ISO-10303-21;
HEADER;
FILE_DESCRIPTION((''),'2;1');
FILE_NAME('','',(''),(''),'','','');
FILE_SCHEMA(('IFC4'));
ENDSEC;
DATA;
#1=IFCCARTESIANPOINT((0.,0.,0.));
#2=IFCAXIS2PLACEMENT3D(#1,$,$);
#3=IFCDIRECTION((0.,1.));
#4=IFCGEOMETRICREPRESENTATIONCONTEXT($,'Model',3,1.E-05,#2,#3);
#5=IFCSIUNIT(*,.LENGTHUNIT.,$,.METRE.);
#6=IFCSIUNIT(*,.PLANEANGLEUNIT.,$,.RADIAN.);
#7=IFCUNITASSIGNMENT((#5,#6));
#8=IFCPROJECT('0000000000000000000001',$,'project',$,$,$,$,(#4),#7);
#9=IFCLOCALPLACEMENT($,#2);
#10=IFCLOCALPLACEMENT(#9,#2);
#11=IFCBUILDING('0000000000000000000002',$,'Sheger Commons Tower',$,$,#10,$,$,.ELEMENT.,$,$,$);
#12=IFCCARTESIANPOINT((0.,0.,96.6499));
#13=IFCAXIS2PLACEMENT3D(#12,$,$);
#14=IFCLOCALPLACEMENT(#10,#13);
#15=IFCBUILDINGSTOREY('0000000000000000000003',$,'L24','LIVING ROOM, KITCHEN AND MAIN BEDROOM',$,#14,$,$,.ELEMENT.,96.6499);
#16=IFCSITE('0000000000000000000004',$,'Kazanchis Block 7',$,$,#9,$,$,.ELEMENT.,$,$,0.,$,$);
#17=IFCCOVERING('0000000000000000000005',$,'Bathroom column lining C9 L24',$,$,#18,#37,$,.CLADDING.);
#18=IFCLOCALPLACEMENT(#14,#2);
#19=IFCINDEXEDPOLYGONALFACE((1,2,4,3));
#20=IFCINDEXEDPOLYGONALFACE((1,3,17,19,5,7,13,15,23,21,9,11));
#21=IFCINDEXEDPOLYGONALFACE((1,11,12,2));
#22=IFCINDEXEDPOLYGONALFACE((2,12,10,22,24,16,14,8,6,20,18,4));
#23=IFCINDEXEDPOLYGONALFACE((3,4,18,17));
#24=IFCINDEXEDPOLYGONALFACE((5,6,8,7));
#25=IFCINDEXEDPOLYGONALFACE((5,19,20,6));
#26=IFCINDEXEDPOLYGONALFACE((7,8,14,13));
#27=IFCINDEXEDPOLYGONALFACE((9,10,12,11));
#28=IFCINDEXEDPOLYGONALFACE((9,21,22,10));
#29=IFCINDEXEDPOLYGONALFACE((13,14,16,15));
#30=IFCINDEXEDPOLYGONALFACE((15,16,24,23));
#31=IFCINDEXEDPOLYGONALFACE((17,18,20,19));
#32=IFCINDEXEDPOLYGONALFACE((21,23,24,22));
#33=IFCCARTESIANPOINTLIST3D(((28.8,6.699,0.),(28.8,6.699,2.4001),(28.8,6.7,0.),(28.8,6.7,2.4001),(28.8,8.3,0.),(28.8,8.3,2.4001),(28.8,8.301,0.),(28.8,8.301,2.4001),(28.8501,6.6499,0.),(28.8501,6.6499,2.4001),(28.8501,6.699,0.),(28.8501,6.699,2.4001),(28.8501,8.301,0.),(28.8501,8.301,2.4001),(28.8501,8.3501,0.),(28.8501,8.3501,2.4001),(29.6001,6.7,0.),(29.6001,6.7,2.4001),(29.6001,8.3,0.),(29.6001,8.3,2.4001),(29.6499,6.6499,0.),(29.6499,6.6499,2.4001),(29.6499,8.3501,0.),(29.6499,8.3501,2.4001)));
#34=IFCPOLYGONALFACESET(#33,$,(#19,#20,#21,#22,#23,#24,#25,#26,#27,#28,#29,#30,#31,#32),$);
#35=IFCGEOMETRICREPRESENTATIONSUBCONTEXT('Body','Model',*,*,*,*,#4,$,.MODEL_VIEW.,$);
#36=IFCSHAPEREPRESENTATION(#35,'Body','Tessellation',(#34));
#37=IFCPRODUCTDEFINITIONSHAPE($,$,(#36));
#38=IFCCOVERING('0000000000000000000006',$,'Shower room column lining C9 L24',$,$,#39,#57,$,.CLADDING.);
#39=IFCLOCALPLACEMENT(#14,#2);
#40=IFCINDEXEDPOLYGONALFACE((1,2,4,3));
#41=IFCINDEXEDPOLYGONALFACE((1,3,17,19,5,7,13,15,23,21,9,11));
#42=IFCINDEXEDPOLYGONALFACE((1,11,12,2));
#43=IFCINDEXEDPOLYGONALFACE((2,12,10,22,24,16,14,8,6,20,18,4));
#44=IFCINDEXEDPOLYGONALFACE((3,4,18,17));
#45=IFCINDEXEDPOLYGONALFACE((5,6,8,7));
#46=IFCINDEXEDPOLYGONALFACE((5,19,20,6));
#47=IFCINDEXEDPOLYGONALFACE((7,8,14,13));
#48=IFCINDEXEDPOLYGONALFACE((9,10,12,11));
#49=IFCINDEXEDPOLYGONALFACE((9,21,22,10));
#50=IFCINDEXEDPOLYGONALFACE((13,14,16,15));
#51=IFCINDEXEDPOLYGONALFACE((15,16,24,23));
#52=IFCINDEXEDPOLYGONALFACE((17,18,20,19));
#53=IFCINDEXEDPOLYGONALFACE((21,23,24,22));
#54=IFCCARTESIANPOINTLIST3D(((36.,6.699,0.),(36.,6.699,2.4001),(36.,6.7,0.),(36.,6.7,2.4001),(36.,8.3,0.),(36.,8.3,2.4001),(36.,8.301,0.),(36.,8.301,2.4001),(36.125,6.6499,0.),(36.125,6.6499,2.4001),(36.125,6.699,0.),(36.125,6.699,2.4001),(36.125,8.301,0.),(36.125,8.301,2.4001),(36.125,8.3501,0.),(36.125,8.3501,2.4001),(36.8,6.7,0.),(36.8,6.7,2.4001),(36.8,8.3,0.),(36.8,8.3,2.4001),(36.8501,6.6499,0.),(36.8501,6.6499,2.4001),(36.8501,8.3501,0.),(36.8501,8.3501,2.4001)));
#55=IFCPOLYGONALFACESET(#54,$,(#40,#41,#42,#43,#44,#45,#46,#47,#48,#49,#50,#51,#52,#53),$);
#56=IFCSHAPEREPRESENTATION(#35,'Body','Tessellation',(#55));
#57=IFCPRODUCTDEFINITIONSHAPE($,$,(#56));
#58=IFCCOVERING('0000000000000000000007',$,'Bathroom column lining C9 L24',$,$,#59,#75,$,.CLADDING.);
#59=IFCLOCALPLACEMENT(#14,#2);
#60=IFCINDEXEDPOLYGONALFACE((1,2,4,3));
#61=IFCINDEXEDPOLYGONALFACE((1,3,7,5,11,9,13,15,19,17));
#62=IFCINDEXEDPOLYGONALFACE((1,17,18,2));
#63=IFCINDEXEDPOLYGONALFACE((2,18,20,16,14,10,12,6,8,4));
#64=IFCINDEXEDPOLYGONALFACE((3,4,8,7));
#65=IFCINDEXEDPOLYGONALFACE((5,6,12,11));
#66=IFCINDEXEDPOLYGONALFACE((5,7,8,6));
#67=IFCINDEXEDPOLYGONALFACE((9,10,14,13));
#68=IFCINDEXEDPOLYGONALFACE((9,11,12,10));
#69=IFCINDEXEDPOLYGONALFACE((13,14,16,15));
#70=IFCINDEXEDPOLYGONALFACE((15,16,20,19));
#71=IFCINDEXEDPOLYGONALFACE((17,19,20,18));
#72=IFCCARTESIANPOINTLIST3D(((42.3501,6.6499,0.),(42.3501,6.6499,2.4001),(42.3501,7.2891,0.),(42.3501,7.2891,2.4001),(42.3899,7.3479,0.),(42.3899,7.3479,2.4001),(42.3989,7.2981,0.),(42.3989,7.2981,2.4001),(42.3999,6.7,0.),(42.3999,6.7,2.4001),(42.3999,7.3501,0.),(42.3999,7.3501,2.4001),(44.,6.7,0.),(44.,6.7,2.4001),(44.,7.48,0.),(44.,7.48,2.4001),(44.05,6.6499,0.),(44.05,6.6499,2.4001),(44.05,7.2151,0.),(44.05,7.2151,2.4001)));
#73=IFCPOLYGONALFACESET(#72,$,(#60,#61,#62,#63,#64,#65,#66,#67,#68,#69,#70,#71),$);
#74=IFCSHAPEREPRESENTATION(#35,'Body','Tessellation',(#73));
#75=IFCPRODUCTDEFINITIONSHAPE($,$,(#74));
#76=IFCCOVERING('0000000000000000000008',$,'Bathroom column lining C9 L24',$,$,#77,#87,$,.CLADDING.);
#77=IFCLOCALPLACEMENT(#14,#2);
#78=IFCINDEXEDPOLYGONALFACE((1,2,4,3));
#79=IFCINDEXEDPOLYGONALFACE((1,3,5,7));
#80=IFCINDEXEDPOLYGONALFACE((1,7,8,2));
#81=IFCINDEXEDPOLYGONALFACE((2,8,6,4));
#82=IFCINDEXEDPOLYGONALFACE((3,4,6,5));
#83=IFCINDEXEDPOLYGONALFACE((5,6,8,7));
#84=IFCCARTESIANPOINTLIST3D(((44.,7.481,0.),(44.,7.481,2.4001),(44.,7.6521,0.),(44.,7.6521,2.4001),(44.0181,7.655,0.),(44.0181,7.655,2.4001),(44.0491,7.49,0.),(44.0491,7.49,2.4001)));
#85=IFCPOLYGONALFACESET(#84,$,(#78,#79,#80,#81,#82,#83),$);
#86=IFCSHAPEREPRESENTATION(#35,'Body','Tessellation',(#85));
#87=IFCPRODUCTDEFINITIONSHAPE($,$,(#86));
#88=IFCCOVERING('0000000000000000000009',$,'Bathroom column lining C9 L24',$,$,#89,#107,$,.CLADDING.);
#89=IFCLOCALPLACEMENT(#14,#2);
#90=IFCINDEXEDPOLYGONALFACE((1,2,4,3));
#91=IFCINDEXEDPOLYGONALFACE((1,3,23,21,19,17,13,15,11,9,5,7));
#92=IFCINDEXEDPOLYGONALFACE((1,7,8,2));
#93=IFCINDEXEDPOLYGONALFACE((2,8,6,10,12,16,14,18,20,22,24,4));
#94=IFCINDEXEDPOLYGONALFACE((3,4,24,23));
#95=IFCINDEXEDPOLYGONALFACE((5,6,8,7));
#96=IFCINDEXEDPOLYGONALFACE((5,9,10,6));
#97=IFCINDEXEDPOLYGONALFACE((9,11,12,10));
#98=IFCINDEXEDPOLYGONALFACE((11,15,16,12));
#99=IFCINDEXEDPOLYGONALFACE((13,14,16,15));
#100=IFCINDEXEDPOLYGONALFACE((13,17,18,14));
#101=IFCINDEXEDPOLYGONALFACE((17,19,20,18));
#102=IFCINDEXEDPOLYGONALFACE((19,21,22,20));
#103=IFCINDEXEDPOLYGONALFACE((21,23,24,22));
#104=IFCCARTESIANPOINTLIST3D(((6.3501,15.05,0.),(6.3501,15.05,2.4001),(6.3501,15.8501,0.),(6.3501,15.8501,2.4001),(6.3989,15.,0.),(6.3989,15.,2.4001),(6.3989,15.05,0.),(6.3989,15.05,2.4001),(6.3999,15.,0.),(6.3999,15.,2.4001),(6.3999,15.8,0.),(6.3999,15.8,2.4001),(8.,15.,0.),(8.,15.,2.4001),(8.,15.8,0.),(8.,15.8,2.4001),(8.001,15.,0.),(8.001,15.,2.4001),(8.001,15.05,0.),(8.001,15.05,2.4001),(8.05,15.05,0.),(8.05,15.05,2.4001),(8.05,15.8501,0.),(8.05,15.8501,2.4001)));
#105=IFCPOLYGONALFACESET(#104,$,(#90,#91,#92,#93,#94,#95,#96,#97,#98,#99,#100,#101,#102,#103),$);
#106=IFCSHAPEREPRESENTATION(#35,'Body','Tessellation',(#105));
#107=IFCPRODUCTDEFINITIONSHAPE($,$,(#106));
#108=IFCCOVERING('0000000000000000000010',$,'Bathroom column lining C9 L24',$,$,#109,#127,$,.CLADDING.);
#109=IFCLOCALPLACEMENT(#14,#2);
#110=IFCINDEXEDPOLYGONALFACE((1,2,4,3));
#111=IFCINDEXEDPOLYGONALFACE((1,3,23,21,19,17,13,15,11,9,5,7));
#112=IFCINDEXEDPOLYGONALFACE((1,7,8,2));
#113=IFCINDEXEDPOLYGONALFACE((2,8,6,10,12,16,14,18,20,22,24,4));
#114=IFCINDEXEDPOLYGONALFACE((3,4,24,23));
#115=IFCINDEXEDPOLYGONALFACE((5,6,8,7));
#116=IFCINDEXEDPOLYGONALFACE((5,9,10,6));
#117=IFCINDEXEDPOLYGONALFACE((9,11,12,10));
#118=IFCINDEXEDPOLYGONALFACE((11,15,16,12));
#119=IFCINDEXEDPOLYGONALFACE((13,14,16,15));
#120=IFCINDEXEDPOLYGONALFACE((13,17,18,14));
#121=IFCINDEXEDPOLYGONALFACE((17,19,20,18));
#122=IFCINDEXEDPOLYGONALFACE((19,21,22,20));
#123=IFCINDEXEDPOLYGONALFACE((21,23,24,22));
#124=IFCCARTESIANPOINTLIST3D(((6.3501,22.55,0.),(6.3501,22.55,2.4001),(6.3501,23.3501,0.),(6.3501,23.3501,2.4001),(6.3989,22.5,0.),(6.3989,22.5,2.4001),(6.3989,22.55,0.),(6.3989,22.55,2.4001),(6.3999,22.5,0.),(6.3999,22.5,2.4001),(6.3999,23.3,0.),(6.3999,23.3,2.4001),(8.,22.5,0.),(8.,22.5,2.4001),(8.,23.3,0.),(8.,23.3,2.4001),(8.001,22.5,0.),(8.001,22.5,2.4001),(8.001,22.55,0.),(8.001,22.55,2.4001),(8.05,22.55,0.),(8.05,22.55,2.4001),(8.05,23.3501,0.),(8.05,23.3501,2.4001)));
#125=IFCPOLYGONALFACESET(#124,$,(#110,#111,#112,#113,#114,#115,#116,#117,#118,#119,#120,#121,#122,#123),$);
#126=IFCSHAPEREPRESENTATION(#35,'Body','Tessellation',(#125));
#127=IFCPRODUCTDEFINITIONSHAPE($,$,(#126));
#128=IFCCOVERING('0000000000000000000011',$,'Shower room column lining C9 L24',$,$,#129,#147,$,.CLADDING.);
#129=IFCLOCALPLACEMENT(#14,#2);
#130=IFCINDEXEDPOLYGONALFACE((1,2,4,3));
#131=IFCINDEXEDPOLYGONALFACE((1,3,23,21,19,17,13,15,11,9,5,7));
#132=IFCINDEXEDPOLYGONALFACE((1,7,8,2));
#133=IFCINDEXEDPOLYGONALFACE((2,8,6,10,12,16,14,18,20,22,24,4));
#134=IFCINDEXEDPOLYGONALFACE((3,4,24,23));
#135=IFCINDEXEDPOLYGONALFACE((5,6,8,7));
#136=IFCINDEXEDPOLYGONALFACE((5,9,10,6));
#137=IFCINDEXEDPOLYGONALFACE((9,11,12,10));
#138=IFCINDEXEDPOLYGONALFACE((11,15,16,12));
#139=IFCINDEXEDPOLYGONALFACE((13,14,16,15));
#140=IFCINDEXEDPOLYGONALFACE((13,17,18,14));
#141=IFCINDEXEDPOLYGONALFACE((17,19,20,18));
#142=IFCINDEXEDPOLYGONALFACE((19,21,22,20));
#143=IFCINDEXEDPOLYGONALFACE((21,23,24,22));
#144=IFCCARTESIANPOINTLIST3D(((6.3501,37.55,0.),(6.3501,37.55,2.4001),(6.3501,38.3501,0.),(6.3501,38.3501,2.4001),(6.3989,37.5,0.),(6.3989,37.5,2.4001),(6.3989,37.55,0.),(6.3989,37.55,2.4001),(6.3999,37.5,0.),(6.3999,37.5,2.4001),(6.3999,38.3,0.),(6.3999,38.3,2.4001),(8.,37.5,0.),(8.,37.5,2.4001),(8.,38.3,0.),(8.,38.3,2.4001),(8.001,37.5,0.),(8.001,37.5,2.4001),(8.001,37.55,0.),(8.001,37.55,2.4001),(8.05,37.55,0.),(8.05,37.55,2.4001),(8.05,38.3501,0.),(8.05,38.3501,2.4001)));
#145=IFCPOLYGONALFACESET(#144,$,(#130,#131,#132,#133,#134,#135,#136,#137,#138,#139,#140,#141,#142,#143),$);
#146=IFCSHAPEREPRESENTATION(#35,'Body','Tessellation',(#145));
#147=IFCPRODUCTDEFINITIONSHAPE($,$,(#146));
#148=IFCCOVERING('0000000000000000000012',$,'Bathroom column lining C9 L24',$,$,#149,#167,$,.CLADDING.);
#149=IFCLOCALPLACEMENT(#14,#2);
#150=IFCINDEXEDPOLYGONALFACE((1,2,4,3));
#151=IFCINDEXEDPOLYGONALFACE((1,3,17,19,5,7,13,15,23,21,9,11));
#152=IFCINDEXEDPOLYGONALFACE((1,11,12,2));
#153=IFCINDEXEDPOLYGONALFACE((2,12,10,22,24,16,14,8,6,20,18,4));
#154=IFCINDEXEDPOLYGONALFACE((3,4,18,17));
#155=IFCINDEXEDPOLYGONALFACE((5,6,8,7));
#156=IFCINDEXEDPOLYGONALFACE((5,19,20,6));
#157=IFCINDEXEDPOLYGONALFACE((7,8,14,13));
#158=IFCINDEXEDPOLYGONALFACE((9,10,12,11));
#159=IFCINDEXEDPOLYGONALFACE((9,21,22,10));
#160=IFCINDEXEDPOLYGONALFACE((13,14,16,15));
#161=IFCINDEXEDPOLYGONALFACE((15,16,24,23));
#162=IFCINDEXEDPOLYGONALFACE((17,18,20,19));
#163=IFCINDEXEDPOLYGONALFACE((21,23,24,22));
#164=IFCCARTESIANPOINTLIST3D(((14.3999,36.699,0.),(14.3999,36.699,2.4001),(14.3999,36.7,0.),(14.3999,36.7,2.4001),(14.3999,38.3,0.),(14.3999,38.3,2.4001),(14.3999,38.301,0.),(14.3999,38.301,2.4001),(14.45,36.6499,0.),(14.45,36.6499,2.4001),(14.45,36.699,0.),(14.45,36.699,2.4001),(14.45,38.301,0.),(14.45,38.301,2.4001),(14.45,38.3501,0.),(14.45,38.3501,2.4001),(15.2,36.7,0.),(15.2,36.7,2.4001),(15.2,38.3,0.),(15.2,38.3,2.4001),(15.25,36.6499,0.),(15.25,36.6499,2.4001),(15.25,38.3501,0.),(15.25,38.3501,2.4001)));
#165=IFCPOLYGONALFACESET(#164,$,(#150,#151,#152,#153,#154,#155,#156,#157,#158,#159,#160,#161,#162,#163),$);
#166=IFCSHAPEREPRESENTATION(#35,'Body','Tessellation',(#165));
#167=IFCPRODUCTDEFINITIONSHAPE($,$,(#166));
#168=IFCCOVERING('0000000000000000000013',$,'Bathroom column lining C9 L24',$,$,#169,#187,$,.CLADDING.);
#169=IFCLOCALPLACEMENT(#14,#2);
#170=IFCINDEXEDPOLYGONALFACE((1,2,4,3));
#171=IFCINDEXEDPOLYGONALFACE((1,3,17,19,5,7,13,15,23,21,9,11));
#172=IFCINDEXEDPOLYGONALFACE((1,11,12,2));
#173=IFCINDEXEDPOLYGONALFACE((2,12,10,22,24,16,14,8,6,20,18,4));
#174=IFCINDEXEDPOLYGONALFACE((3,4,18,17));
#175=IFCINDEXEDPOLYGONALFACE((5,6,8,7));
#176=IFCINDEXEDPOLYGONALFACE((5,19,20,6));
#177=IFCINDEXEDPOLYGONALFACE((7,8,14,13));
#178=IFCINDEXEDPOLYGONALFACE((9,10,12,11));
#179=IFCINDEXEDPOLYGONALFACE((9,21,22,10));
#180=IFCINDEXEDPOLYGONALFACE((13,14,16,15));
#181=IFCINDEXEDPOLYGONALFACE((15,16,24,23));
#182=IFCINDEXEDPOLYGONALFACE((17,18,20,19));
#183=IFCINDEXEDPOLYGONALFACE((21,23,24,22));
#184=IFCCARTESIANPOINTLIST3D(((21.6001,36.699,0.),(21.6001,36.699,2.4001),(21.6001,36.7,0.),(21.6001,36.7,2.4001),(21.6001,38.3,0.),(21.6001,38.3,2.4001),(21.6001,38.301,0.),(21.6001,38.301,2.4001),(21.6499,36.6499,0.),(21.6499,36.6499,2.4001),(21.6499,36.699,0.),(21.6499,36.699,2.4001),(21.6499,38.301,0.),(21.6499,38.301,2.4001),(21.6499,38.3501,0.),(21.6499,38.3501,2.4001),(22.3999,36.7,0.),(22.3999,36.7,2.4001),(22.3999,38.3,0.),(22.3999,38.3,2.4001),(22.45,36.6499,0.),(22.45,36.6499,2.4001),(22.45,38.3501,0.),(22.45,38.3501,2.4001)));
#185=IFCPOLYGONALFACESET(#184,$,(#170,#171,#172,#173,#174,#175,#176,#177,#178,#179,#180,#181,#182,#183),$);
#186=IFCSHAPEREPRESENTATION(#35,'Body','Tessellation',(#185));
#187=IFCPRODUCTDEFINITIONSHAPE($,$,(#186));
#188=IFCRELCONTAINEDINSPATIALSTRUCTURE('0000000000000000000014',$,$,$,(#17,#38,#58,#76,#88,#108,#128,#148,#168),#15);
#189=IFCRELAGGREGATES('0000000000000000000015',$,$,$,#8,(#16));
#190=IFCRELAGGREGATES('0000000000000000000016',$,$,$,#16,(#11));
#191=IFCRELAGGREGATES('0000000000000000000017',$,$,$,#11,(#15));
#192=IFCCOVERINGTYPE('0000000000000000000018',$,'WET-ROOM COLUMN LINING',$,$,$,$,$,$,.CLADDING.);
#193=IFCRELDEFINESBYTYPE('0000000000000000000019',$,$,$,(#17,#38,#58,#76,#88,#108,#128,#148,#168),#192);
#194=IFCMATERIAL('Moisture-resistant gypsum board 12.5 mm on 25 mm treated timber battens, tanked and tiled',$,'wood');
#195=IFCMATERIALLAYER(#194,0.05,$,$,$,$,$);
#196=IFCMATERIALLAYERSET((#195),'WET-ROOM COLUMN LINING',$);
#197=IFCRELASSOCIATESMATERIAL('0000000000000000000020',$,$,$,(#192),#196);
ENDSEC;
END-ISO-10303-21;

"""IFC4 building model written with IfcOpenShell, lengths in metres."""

from ifc_helpers import new_model, si_unit, direction, frame, origin, place, context, subcontext, project, spatial, polyline, outline, extrude, material, layer, layer_set, type_object, element, save


model = new_model("IFC4")

# Units and contexts
model_context = context("Model", 3, precision=1e-05, world=origin(), true_north=direction((0.0, 1.0)))
body_context = subcontext(model_context, "Body", "Model", "MODEL_VIEW")
ifc_project = project(units=[si_unit("LENGTHUNIT", "METRE"), si_unit("PLANEANGLEUNIT", "RADIAN")], contexts=[model_context])

# Site, building, storey
site_placement = place(None, origin())
site = spatial("IfcSite", under=ifc_project, at=site_placement, Name="Kazanchis Block 7", CompositionType="ELEMENT", RefElevation=0.0)
building_placement = place(site_placement, origin())
building = spatial("IfcBuilding", under=site, at=building_placement, Name="Sheger Commons Tower", CompositionType="ELEMENT")
storey_placement = place(building_placement, frame((0.0, 0.0, 96.6499)))
storey = spatial("IfcBuildingStorey", under=building, at=storey_placement, Name="L24", Description="LIVING ROOM, KITCHEN AND MAIN BEDROOM", CompositionType="ELEMENT", Elevation=96.6499)

# Coverings
ifc_material_1 = material(Name="Moisture-resistant gypsum board 12.5 mm on 25 mm treated timber battens, tanked and tiled", Category="wood")
ifc_layer_1 = layer(ifc_material_1, 0.05)
ifc_layer_set_1 = layer_set([ifc_layer_1], Name="WET-ROOM COLUMN LINING")
covering_type_1 = type_object("IfcCoveringType", Name="WET-ROOM COLUMN LINING", PredefinedType="CLADDING", material=ifc_layer_set_1)
covering_1_placement = place(storey_placement, origin())
element("IfcCovering", 1, at=covering_1_placement, inside=storey, type_object=covering_type_1, Name="Bathroom column lining C9 L24", PredefinedType="CLADDING", context=body_context, shape_type="SweptSolid", body=[
    extrude(outline(polyline([(29.6499, 6.6499), (28.8501, 6.6499), (28.8501, 6.699), (28.8, 6.699), (28.8, 6.7), (29.6001, 6.7), (29.6001, 8.3), (28.8, 8.3), (28.8, 8.301), (28.8501, 8.301), (28.8501, 8.3501), (29.6499, 8.3501), (29.6499, 6.6499)])), origin(), (0.0, 0.0, 1.0), 2.4001),
])
covering_2_placement = place(storey_placement, origin())
element("IfcCovering", 2, at=covering_2_placement, inside=storey, type_object=covering_type_1, Name="Shower room column lining C9 L24", PredefinedType="CLADDING", context=body_context, shape_type="SweptSolid", body=[
    extrude(outline(polyline([(36.8501, 6.6499), (36.125, 6.6499), (36.125, 6.699), (36.0, 6.699), (36.0, 6.7), (36.8, 6.7), (36.8, 8.3), (36.0, 8.3), (36.0, 8.301), (36.125, 8.301), (36.125, 8.3501), (36.8501, 8.3501), (36.8501, 6.6499)])), origin(), (0.0, 0.0, 1.0), 2.4001),
])
covering_3_placement = place(storey_placement, origin())
element("IfcCovering", 3, at=covering_3_placement, inside=storey, type_object=covering_type_1, Name="Bathroom column lining C9 L24", PredefinedType="CLADDING", context=body_context, shape_type="SweptSolid", body=[
    extrude(outline(polyline([(42.3999, 7.3501), (42.3999, 6.7), (44.0, 6.7), (44.0, 7.48), (44.05, 7.2151), (44.05, 6.6499), (42.3501, 6.6499), (42.3501, 7.2891), (42.3989, 7.2981), (42.3899, 7.3479), (42.3999, 7.3501)])), origin(), (0.0, 0.0, 1.0), 2.4001),
])
covering_4_placement = place(storey_placement, origin())
element("IfcCovering", 4, at=covering_4_placement, inside=storey, type_object=covering_type_1, Name="Bathroom column lining C9 L24", PredefinedType="CLADDING", context=body_context, shape_type="SweptSolid", body=[
    extrude(outline(polyline([(44.0, 7.6521), (44.0181, 7.655), (44.0491, 7.49), (44.0, 7.481), (44.0, 7.6521)])), origin(), (0.0, 0.0, 1.0), 2.4001),
])
covering_5_placement = place(storey_placement, origin())
element("IfcCovering", 5, at=covering_5_placement, inside=storey, type_object=covering_type_1, Name="Bathroom column lining C9 L24", PredefinedType="CLADDING", context=body_context, shape_type="SweptSolid", body=[
    extrude(outline(polyline([(8.05, 15.8501), (8.05, 15.05), (8.001, 15.05), (8.001, 15.0), (8.0, 15.0), (8.0, 15.8), (6.3999, 15.8), (6.3999, 15.0), (6.3989, 15.0), (6.3989, 15.05), (6.3501, 15.05), (6.3501, 15.8501), (8.05, 15.8501)])), origin(), (0.0, 0.0, 1.0), 2.4001),
])
covering_6_placement = place(storey_placement, origin())
element("IfcCovering", 6, at=covering_6_placement, inside=storey, type_object=covering_type_1, Name="Bathroom column lining C9 L24", PredefinedType="CLADDING", context=body_context, shape_type="SweptSolid", body=[
    extrude(outline(polyline([(8.05, 23.3501), (8.05, 22.55), (8.001, 22.55), (8.001, 22.5), (8.0, 22.5), (8.0, 23.3), (6.3999, 23.3), (6.3999, 22.5), (6.3989, 22.5), (6.3989, 22.55), (6.3501, 22.55), (6.3501, 23.3501), (8.05, 23.3501)])), origin(), (0.0, 0.0, 1.0), 2.4001),
])
covering_7_placement = place(storey_placement, origin())
element("IfcCovering", 7, at=covering_7_placement, inside=storey, type_object=covering_type_1, Name="Shower room column lining C9 L24", PredefinedType="CLADDING", context=body_context, shape_type="SweptSolid", body=[
    extrude(outline(polyline([(8.05, 38.3501), (8.05, 37.55), (8.001, 37.55), (8.001, 37.5), (8.0, 37.5), (8.0, 38.3), (6.3999, 38.3), (6.3999, 37.5), (6.3989, 37.5), (6.3989, 37.55), (6.3501, 37.55), (6.3501, 38.3501), (8.05, 38.3501)])), origin(), (0.0, 0.0, 1.0), 2.4001),
])
covering_8_placement = place(storey_placement, origin())
element("IfcCovering", 8, at=covering_8_placement, inside=storey, type_object=covering_type_1, Name="Bathroom column lining C9 L24", PredefinedType="CLADDING", context=body_context, shape_type="SweptSolid", body=[
    extrude(outline(polyline([(15.25, 36.6499), (14.45, 36.6499), (14.45, 36.699), (14.3999, 36.699), (14.3999, 36.7), (15.2, 36.7), (15.2, 38.3), (14.3999, 38.3), (14.3999, 38.301), (14.45, 38.301), (14.45, 38.3501), (15.25, 38.3501), (15.25, 36.6499)])), origin(), (0.0, 0.0, 1.0), 2.4001),
])
covering_9_placement = place(storey_placement, origin())
element("IfcCovering", 9, at=covering_9_placement, inside=storey, type_object=covering_type_1, Name="Bathroom column lining C9 L24", PredefinedType="CLADDING", context=body_context, shape_type="SweptSolid", body=[
    extrude(outline(polyline([(22.45, 36.6499), (21.6499, 36.6499), (21.6499, 36.699), (21.6001, 36.699), (21.6001, 36.7), (22.3999, 36.7), (22.3999, 38.3), (21.6001, 38.3), (21.6001, 38.301), (21.6499, 38.301), (21.6499, 38.3501), (22.45, 38.3501), (22.45, 36.6499)])), origin(), (0.0, 0.0, 1.0), 2.4001),
])

save(model, "model.ifc")
